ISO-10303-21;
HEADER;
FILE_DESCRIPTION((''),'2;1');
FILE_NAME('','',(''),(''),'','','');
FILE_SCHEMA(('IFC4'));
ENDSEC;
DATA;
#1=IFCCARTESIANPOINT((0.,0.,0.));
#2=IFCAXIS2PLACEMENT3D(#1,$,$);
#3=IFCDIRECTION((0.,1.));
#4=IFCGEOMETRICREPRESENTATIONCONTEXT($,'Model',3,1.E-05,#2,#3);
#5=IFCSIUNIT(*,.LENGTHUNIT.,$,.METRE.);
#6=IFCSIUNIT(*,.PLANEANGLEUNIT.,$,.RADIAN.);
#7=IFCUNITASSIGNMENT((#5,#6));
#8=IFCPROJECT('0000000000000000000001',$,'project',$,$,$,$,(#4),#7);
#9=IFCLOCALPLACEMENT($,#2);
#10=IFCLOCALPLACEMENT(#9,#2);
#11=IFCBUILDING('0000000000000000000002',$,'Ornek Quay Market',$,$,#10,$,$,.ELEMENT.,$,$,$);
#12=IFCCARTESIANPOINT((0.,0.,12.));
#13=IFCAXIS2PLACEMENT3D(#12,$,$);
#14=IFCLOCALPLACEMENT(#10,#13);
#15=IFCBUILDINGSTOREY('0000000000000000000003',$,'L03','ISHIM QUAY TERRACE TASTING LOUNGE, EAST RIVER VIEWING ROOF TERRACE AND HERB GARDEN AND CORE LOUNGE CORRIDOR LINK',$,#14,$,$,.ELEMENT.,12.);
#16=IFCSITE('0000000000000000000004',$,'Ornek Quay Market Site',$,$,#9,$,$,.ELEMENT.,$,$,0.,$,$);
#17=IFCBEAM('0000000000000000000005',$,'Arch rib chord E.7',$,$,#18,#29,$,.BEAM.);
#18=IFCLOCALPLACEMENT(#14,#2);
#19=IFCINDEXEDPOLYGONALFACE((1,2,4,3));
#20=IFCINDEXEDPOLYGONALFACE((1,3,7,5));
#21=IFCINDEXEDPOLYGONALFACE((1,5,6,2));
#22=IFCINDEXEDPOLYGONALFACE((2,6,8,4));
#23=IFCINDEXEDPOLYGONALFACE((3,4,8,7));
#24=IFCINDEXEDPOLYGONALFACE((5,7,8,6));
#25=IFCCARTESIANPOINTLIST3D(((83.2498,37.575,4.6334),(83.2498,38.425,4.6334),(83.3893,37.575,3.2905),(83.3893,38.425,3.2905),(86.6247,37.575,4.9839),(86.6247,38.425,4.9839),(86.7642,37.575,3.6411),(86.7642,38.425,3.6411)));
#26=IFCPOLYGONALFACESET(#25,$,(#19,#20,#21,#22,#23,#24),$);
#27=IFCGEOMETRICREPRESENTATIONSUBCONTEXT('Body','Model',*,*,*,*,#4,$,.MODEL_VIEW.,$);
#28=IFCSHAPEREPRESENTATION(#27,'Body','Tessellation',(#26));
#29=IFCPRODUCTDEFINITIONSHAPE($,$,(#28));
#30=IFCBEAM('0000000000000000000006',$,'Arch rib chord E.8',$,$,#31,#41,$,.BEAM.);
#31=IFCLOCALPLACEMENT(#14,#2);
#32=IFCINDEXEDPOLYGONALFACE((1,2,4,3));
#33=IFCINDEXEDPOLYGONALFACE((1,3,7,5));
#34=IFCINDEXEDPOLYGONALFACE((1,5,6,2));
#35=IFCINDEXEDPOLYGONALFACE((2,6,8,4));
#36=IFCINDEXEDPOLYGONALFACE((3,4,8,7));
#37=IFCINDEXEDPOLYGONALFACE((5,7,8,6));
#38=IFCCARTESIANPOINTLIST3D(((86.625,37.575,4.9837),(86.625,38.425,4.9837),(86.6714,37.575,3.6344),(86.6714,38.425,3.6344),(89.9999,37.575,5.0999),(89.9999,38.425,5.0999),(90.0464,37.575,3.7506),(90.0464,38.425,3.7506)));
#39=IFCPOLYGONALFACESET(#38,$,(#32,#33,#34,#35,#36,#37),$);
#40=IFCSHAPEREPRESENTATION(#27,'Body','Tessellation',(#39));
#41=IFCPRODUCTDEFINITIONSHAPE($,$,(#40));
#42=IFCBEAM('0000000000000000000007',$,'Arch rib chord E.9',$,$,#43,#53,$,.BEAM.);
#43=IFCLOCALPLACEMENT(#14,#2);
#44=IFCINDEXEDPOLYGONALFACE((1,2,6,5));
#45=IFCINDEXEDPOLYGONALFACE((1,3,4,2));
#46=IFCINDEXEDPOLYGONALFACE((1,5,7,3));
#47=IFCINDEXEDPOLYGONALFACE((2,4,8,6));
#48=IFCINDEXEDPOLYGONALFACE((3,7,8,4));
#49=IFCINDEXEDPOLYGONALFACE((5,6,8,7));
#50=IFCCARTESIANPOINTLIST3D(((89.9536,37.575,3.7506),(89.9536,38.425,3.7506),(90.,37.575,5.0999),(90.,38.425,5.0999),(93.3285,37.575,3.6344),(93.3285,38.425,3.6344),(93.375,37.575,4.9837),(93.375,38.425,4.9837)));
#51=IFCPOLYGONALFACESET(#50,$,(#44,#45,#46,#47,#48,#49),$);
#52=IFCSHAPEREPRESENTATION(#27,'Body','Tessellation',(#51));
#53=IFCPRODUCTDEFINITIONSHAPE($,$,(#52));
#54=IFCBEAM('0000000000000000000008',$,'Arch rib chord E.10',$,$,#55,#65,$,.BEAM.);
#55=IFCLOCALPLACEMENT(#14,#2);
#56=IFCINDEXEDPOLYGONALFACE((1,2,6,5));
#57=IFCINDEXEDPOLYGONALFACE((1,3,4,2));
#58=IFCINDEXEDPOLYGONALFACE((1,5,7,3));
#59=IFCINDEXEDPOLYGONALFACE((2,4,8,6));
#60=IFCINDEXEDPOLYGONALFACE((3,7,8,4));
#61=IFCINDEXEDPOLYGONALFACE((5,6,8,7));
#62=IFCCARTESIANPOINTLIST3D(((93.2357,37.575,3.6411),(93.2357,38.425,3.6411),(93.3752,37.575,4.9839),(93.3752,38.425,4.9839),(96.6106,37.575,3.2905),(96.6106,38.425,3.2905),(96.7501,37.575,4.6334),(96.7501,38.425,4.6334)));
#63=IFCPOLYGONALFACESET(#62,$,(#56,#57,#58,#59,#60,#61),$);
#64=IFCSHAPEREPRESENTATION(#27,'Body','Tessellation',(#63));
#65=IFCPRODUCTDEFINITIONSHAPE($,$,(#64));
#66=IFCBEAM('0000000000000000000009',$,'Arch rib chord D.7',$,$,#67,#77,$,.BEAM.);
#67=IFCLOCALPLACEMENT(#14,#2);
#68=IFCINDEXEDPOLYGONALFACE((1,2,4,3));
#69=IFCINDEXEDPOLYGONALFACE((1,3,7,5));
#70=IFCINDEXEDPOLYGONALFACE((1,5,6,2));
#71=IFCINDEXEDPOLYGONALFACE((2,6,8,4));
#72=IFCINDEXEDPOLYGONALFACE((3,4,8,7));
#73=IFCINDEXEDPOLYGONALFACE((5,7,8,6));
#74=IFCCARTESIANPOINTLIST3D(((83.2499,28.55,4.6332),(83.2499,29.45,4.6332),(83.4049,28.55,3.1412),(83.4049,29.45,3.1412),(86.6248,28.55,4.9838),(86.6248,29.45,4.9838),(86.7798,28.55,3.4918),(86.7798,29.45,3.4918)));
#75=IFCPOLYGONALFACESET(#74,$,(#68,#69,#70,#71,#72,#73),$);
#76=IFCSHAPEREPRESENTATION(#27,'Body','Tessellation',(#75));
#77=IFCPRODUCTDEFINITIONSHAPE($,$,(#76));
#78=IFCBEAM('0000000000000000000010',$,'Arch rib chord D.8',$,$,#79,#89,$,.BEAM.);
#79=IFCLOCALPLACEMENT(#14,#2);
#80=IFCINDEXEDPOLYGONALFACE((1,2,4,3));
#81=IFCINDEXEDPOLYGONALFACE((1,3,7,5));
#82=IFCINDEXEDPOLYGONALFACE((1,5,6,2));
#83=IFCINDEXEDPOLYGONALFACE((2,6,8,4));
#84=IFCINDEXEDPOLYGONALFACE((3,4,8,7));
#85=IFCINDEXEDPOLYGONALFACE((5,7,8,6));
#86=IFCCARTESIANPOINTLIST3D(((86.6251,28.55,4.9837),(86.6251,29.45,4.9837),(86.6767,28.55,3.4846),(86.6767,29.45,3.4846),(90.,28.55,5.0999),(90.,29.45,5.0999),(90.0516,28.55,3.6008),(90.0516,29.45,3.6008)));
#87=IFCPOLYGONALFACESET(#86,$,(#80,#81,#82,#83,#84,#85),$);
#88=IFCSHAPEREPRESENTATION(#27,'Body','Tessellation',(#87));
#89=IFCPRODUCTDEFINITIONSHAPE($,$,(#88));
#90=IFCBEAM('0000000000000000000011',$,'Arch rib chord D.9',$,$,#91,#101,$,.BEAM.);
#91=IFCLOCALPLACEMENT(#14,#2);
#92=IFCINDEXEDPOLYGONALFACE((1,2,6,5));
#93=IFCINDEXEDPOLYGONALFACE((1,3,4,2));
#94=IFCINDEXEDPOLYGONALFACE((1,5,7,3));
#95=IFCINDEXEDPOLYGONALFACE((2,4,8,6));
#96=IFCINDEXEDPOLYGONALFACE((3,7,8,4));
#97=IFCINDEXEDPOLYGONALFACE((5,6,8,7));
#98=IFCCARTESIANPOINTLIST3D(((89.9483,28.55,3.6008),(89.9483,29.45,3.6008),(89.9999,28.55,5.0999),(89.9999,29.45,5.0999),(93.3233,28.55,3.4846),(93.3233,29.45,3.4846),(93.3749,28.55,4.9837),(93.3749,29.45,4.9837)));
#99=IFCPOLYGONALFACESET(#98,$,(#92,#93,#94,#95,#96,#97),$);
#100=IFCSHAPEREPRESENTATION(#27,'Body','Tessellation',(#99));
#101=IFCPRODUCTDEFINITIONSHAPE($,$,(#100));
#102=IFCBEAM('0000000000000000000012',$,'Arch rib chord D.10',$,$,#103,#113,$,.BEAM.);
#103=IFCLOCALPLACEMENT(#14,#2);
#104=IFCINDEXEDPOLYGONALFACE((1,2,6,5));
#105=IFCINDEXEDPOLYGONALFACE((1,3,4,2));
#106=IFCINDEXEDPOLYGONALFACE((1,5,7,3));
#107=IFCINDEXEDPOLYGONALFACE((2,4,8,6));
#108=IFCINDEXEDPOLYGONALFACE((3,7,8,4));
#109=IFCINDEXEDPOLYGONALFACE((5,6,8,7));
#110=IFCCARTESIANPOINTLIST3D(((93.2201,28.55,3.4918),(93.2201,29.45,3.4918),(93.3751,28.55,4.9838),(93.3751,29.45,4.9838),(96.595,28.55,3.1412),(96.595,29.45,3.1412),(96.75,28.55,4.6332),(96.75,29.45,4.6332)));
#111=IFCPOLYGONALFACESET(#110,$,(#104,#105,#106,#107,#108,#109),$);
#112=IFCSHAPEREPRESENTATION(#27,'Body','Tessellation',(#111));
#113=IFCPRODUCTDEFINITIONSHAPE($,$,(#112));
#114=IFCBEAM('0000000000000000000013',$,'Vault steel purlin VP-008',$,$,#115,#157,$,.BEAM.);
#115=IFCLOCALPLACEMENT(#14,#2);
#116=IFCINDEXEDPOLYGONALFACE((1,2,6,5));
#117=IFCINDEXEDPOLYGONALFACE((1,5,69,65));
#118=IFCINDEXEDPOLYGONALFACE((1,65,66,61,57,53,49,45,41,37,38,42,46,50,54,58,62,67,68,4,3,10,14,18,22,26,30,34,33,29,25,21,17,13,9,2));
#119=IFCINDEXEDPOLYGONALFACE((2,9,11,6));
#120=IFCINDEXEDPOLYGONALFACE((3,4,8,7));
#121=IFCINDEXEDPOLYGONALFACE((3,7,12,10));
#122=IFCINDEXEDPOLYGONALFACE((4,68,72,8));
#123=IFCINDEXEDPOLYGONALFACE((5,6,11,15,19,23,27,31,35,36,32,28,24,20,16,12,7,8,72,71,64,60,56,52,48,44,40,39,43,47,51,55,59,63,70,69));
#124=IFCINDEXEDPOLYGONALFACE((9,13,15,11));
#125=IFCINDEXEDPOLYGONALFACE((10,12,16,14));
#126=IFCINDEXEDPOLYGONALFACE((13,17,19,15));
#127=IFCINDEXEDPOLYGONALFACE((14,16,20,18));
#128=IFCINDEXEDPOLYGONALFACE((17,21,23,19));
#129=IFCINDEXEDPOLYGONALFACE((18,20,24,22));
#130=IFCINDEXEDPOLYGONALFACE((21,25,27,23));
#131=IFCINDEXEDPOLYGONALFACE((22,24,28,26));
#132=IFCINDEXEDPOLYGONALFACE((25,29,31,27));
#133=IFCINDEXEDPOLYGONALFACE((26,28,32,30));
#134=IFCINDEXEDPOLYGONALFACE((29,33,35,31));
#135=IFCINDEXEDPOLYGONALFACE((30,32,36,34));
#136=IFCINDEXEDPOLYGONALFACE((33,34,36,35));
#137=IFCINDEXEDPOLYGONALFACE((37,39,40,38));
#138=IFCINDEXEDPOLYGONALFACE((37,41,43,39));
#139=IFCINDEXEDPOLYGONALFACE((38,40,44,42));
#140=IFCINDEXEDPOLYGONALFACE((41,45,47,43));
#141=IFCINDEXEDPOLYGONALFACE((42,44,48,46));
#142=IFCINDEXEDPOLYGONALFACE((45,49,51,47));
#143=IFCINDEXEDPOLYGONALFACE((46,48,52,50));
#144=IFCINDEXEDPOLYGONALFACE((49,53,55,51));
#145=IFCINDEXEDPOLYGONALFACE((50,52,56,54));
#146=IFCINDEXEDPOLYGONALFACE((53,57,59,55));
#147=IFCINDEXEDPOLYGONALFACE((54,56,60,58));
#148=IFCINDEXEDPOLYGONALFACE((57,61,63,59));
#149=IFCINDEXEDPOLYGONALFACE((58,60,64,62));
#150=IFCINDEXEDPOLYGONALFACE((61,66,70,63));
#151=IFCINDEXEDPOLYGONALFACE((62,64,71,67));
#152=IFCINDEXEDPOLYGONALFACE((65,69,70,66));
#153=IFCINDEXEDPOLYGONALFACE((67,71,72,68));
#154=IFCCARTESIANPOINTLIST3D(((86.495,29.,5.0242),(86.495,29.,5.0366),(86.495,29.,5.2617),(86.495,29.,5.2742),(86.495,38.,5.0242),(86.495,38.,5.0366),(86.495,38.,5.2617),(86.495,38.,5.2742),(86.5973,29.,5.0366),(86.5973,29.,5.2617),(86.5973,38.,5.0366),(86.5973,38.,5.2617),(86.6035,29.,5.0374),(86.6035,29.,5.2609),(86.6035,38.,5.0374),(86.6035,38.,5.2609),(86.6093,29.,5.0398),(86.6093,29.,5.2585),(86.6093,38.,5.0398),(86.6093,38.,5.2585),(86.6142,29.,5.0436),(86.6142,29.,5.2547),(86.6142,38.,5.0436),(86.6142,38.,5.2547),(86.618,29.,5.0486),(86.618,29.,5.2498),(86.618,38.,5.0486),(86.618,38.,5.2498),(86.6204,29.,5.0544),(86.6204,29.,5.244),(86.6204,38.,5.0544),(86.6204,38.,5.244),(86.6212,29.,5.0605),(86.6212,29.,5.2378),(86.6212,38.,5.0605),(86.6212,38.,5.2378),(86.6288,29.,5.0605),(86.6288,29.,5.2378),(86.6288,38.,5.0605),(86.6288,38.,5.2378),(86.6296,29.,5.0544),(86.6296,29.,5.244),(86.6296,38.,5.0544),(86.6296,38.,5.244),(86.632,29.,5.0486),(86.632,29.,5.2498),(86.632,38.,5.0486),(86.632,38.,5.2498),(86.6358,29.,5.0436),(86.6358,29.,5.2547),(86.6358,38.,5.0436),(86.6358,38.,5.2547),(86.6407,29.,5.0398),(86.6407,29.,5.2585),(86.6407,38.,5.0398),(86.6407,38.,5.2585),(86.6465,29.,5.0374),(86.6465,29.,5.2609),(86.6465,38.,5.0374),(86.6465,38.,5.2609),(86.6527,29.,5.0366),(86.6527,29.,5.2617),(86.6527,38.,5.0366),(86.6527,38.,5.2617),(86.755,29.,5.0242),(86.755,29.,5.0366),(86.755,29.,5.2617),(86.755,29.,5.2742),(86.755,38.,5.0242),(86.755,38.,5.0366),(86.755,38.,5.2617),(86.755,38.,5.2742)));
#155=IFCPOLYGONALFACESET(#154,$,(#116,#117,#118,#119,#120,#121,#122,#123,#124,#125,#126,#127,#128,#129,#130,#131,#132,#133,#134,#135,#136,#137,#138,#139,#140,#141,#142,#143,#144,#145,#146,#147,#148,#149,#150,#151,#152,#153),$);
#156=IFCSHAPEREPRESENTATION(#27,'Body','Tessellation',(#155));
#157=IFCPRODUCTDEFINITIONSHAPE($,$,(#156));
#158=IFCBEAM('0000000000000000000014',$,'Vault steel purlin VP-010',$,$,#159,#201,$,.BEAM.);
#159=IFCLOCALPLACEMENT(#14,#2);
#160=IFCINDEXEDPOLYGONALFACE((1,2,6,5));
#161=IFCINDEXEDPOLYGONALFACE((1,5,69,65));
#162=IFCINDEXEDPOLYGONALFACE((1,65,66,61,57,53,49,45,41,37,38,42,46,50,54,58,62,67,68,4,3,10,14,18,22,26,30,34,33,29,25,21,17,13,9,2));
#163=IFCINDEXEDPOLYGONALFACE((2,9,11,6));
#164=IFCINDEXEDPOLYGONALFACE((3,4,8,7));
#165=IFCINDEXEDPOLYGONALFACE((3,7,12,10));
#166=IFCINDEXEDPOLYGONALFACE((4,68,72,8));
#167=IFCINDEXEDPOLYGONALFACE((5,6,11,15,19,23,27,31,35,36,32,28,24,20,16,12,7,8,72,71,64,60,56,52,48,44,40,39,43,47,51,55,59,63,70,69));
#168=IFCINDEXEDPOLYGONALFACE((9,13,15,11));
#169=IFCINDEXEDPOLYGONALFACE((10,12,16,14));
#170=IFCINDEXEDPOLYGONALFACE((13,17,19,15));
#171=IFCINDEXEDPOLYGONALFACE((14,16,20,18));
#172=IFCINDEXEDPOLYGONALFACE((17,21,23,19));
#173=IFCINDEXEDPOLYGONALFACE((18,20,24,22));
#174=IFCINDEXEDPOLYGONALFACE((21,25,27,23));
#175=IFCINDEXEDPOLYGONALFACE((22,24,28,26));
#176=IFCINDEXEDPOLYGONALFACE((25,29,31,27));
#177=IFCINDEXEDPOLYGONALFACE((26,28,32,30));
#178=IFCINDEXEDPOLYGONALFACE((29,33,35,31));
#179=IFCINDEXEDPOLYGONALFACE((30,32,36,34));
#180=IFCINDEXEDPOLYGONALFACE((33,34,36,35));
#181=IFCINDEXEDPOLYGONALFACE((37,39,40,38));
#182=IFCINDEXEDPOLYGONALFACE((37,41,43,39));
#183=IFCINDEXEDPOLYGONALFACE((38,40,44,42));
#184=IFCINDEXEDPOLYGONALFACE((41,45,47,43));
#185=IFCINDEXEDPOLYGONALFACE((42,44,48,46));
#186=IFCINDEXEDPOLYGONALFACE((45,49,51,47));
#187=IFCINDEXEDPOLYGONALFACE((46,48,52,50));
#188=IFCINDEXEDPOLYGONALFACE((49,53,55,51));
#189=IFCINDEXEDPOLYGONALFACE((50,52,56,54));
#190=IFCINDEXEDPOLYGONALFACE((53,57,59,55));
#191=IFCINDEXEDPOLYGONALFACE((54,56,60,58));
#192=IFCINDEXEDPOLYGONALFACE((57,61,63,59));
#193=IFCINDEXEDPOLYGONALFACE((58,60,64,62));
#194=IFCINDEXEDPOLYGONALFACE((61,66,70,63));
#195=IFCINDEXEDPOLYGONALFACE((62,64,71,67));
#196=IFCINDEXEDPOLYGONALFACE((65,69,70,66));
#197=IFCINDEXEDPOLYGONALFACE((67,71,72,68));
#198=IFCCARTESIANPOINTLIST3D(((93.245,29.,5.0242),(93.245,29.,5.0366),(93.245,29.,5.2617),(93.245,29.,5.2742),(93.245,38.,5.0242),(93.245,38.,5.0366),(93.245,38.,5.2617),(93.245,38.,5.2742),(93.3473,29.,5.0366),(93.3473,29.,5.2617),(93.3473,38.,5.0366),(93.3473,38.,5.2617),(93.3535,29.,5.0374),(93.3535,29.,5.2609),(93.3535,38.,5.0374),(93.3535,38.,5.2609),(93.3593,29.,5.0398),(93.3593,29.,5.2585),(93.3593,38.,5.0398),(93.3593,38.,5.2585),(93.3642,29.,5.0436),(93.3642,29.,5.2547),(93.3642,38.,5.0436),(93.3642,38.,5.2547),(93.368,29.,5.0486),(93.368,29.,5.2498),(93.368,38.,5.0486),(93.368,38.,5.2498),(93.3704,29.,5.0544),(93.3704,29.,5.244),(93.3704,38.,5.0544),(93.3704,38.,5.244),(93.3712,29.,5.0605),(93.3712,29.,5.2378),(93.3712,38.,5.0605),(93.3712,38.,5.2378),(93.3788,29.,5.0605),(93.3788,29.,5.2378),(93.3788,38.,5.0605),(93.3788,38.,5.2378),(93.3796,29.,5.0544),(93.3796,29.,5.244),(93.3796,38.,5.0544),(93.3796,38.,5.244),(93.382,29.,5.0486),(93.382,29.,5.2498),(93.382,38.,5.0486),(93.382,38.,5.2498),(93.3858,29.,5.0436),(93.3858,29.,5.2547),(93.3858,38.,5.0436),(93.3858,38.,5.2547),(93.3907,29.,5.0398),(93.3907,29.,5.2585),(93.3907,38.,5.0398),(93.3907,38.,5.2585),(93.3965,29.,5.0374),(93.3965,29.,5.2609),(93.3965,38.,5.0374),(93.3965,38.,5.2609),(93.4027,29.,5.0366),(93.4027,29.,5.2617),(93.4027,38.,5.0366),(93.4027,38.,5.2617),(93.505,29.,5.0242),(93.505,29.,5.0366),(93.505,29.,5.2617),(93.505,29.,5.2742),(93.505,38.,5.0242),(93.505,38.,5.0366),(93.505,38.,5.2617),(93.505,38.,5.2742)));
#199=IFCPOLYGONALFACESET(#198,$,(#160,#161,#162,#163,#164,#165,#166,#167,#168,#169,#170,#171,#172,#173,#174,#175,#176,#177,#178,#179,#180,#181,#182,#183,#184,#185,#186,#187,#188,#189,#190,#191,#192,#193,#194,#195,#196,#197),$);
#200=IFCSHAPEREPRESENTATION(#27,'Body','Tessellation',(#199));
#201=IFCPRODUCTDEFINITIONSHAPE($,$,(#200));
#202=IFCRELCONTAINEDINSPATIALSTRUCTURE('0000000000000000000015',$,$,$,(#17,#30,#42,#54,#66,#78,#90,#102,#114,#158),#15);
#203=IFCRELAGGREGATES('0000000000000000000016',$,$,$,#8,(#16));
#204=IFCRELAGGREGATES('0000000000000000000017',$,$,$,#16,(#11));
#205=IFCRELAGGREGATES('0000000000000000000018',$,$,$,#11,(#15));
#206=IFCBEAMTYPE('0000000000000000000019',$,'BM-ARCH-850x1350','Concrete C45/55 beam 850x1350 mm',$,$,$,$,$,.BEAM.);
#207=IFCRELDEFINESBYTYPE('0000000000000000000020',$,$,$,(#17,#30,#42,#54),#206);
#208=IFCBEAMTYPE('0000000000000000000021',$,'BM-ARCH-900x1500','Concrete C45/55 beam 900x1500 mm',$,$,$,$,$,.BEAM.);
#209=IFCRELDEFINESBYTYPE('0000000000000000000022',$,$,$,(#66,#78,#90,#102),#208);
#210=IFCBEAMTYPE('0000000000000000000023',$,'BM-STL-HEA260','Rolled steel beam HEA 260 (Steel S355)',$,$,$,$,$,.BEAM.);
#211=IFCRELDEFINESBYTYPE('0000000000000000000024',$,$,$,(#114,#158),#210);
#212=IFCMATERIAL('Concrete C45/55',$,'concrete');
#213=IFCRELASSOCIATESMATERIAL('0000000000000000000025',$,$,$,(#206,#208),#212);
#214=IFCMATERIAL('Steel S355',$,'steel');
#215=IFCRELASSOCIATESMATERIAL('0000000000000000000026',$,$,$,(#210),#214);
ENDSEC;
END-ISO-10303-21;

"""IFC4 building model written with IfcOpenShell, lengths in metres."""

from ifc_helpers import new_model, si_unit, direction, frame, origin, origin_2d, place, context, subcontext, project, spatial, rectangle, i_section, extrude, material, material_profile, profile_set, type_object, element, save


model = new_model("IFC4")

# Units and contexts
model_context = context("Model", 3, precision=1e-05, world=origin(), true_north=direction((0.0, 1.0)))
body_context = subcontext(model_context, "Body", "Model", "MODEL_VIEW")
ifc_project = project(units=[si_unit("LENGTHUNIT", "METRE"), si_unit("PLANEANGLEUNIT", "RADIAN")], contexts=[model_context])

# Site, building, storey
site_placement = place(None, origin())
site = spatial("IfcSite", under=ifc_project, at=site_placement, Name="Ornek Quay Market Site", CompositionType="ELEMENT", RefElevation=0.0)
building_placement = place(site_placement, origin())
building = spatial("IfcBuilding", under=site, at=building_placement, Name="Ornek Quay Market", CompositionType="ELEMENT")
storey_placement = place(building_placement, frame((0.0, 0.0, 12.0)))
storey = spatial("IfcBuildingStorey", under=building, at=storey_placement, Name="L03", Description="ISHIM QUAY TERRACE TASTING LOUNGE, EAST RIVER VIEWING ROOF TERRACE AND HERB GARDEN AND CORE LOUNGE CORRIDOR LINK", CompositionType="ELEMENT", Elevation=12.0)

# Beams
ifc_material_1 = material(Name="Concrete C45/55", Category="concrete")
ifc_material_profile_1 = material_profile(ifc_material_1, rectangle(XDim=0.8501, YDim=1.3501, at=origin_2d()), Name="RC 850x1350", Category="concrete")
ifc_profile_set_1 = profile_set([ifc_material_profile_1], Name="Concrete C45/55")
beam_type_1 = type_object("IfcBeamType", Name="BM-ARCH-850x1350", Description="Concrete C45/55 beam 850x1350 mm", PredefinedType="BEAM", material=ifc_profile_set_1)
beam_1_placement = place(storey_placement, frame((83.3196, 38.0, 3.9619), z_axis=(0.994648, 0.0, 0.103321), x_axis=(0.0, 1.0, 0.0)))
element("IfcBeam", 1, at=beam_1_placement, inside=storey, type_object=beam_type_1, Name="Arch rib chord E.7", PredefinedType="BEAM", context=body_context, shape_type="SweptSolid", body=[
    extrude(rectangle(XDim=0.8501, YDim=1.3501, at=origin_2d()), origin(), (0.0, 0.0, 1.0), 3.3931),
])
for number, where, z_axis, x_axis, name in (
    (2, (86.6482, 38.0, 4.3091), (0.999408, 0.0, 0.034412), (0.0, 1.0, 0.0), "Arch rib chord E.8"),
    (3, (89.9768, 38.0, 4.4253), (0.999408, 0.0, -0.034412), (0.0, 1.0, 0.0), "Arch rib chord E.9"),
):
    element("IfcBeam", number, at=place(storey_placement, frame(where, z_axis=z_axis, x_axis=x_axis)), inside=storey, type_object=beam_type_1, Name=name, PredefinedType="BEAM", context=body_context, shape_type="SweptSolid", body=[
        extrude(rectangle(XDim=0.8501, YDim=1.3501, at=origin_2d()), origin(), (0.0, 0.0, 1.0), 3.377),
    ])
beam_2_placement = place(storey_placement, frame((93.3054, 38.0, 4.3125), z_axis=(0.994648, 0.0, -0.103321), x_axis=(0.0, 1.0, 0.0)))
element("IfcBeam", 4, at=beam_2_placement, inside=storey, type_object=beam_type_1, Name="Arch rib chord E.10", PredefinedType="BEAM", context=body_context, shape_type="SweptSolid", body=[
    extrude(rectangle(XDim=0.8501, YDim=1.3501, at=origin_2d()), origin(), (0.0, 0.0, 1.0), 3.3931),
])
ifc_material_profile_2 = material_profile(ifc_material_1, rectangle(XDim=0.8999, YDim=1.5, at=origin_2d()), Name="RC 900x1500", Category="concrete")
ifc_profile_set_2 = profile_set([ifc_material_profile_2], Name="Concrete C45/55")
beam_type_2 = type_object("IfcBeamType", Name="BM-ARCH-900x1500", Description="Concrete C45/55 beam 900x1500 mm", PredefinedType="BEAM", material=ifc_profile_set_2)
beam_3_placement = place(storey_placement, frame((83.3274, 29.0, 3.8872), z_axis=(0.994648, 0.0, 0.103321), x_axis=(0.0, 1.0, 0.0)))
element("IfcBeam", 5, at=beam_3_placement, inside=storey, type_object=beam_type_2, Name="Arch rib chord D.7", PredefinedType="BEAM", context=body_context, shape_type="SweptSolid", body=[
    extrude(rectangle(XDim=0.8999, YDim=1.5, at=origin_2d()), origin(), (0.0, 0.0, 1.0), 3.3931),
])
for number, where, z_axis, x_axis, name in (
    (6, (86.6509, 29.0, 4.2341), (0.999408, 0.0, 0.034412), (0.0, 1.0, 0.0), "Arch rib chord D.8"),
    (7, (89.9741, 29.0, 4.3503), (0.999408, 0.0, -0.034412), (0.0, 1.0, 0.0), "Arch rib chord D.9"),
):
    element("IfcBeam", number, at=place(storey_placement, frame(where, z_axis=z_axis, x_axis=x_axis)), inside=storey, type_object=beam_type_2, Name=name, PredefinedType="BEAM", context=body_context, shape_type="SweptSolid", body=[
        extrude(rectangle(XDim=0.8999, YDim=1.5, at=origin_2d()), origin(), (0.0, 0.0, 1.0), 3.377),
    ])
beam_4_placement = place(storey_placement, frame((93.2976, 29.0, 4.2378), z_axis=(0.994648, 0.0, -0.103321), x_axis=(0.0, 1.0, 0.0)))
element("IfcBeam", 8, at=beam_4_placement, inside=storey, type_object=beam_type_2, Name="Arch rib chord D.10", PredefinedType="BEAM", context=body_context, shape_type="SweptSolid", body=[
    extrude(rectangle(XDim=0.8999, YDim=1.5, at=origin_2d()), origin(), (0.0, 0.0, 1.0), 3.3931),
])
ifc_material_2 = material(Name="Steel S355", Category="steel")
ifc_material_profile_3 = material_profile(ifc_material_2, i_section(OverallWidth=0.26, OverallDepth=0.25, WebThickness=0.0076, FlangeThickness=0.0125, FilletRadius=0.0239, at=origin_2d()), Name="HEA 260", Category="steel")
ifc_profile_set_3 = profile_set([ifc_material_profile_3], Name="Steel S355")
beam_type_3 = type_object("IfcBeamType", Name="BM-STL-HEA260", Description="Rolled steel beam HEA 260 (Steel S355)", PredefinedType="BEAM", material=ifc_profile_set_3)
for number, where, z_axis, x_axis, name in (
    (9, (86.625, 29.0, 5.1492), (0.0, 1.0, 0.0), (-1.0, 0.0, 0.0), "Vault steel purlin VP-008"),
    (10, (93.375, 29.0, 5.1492), (0.0, 1.0, 0.0), (-1.0, 0.0, 0.0), "Vault steel purlin VP-010"),
):
    element("IfcBeam", number, at=place(storey_placement, frame(where, z_axis=z_axis, x_axis=x_axis)), inside=storey, type_object=beam_type_3, Name=name, PredefinedType="BEAM", context=body_context, shape_type="SweptSolid", body=[
        extrude(i_section(OverallWidth=0.26, OverallDepth=0.25, WebThickness=0.0076, FlangeThickness=0.0125, FilletRadius=0.0239, at=origin_2d()), origin(), (0.0, 0.0, 1.0), 9.0),
    ])

save(model, "model.ifc")
